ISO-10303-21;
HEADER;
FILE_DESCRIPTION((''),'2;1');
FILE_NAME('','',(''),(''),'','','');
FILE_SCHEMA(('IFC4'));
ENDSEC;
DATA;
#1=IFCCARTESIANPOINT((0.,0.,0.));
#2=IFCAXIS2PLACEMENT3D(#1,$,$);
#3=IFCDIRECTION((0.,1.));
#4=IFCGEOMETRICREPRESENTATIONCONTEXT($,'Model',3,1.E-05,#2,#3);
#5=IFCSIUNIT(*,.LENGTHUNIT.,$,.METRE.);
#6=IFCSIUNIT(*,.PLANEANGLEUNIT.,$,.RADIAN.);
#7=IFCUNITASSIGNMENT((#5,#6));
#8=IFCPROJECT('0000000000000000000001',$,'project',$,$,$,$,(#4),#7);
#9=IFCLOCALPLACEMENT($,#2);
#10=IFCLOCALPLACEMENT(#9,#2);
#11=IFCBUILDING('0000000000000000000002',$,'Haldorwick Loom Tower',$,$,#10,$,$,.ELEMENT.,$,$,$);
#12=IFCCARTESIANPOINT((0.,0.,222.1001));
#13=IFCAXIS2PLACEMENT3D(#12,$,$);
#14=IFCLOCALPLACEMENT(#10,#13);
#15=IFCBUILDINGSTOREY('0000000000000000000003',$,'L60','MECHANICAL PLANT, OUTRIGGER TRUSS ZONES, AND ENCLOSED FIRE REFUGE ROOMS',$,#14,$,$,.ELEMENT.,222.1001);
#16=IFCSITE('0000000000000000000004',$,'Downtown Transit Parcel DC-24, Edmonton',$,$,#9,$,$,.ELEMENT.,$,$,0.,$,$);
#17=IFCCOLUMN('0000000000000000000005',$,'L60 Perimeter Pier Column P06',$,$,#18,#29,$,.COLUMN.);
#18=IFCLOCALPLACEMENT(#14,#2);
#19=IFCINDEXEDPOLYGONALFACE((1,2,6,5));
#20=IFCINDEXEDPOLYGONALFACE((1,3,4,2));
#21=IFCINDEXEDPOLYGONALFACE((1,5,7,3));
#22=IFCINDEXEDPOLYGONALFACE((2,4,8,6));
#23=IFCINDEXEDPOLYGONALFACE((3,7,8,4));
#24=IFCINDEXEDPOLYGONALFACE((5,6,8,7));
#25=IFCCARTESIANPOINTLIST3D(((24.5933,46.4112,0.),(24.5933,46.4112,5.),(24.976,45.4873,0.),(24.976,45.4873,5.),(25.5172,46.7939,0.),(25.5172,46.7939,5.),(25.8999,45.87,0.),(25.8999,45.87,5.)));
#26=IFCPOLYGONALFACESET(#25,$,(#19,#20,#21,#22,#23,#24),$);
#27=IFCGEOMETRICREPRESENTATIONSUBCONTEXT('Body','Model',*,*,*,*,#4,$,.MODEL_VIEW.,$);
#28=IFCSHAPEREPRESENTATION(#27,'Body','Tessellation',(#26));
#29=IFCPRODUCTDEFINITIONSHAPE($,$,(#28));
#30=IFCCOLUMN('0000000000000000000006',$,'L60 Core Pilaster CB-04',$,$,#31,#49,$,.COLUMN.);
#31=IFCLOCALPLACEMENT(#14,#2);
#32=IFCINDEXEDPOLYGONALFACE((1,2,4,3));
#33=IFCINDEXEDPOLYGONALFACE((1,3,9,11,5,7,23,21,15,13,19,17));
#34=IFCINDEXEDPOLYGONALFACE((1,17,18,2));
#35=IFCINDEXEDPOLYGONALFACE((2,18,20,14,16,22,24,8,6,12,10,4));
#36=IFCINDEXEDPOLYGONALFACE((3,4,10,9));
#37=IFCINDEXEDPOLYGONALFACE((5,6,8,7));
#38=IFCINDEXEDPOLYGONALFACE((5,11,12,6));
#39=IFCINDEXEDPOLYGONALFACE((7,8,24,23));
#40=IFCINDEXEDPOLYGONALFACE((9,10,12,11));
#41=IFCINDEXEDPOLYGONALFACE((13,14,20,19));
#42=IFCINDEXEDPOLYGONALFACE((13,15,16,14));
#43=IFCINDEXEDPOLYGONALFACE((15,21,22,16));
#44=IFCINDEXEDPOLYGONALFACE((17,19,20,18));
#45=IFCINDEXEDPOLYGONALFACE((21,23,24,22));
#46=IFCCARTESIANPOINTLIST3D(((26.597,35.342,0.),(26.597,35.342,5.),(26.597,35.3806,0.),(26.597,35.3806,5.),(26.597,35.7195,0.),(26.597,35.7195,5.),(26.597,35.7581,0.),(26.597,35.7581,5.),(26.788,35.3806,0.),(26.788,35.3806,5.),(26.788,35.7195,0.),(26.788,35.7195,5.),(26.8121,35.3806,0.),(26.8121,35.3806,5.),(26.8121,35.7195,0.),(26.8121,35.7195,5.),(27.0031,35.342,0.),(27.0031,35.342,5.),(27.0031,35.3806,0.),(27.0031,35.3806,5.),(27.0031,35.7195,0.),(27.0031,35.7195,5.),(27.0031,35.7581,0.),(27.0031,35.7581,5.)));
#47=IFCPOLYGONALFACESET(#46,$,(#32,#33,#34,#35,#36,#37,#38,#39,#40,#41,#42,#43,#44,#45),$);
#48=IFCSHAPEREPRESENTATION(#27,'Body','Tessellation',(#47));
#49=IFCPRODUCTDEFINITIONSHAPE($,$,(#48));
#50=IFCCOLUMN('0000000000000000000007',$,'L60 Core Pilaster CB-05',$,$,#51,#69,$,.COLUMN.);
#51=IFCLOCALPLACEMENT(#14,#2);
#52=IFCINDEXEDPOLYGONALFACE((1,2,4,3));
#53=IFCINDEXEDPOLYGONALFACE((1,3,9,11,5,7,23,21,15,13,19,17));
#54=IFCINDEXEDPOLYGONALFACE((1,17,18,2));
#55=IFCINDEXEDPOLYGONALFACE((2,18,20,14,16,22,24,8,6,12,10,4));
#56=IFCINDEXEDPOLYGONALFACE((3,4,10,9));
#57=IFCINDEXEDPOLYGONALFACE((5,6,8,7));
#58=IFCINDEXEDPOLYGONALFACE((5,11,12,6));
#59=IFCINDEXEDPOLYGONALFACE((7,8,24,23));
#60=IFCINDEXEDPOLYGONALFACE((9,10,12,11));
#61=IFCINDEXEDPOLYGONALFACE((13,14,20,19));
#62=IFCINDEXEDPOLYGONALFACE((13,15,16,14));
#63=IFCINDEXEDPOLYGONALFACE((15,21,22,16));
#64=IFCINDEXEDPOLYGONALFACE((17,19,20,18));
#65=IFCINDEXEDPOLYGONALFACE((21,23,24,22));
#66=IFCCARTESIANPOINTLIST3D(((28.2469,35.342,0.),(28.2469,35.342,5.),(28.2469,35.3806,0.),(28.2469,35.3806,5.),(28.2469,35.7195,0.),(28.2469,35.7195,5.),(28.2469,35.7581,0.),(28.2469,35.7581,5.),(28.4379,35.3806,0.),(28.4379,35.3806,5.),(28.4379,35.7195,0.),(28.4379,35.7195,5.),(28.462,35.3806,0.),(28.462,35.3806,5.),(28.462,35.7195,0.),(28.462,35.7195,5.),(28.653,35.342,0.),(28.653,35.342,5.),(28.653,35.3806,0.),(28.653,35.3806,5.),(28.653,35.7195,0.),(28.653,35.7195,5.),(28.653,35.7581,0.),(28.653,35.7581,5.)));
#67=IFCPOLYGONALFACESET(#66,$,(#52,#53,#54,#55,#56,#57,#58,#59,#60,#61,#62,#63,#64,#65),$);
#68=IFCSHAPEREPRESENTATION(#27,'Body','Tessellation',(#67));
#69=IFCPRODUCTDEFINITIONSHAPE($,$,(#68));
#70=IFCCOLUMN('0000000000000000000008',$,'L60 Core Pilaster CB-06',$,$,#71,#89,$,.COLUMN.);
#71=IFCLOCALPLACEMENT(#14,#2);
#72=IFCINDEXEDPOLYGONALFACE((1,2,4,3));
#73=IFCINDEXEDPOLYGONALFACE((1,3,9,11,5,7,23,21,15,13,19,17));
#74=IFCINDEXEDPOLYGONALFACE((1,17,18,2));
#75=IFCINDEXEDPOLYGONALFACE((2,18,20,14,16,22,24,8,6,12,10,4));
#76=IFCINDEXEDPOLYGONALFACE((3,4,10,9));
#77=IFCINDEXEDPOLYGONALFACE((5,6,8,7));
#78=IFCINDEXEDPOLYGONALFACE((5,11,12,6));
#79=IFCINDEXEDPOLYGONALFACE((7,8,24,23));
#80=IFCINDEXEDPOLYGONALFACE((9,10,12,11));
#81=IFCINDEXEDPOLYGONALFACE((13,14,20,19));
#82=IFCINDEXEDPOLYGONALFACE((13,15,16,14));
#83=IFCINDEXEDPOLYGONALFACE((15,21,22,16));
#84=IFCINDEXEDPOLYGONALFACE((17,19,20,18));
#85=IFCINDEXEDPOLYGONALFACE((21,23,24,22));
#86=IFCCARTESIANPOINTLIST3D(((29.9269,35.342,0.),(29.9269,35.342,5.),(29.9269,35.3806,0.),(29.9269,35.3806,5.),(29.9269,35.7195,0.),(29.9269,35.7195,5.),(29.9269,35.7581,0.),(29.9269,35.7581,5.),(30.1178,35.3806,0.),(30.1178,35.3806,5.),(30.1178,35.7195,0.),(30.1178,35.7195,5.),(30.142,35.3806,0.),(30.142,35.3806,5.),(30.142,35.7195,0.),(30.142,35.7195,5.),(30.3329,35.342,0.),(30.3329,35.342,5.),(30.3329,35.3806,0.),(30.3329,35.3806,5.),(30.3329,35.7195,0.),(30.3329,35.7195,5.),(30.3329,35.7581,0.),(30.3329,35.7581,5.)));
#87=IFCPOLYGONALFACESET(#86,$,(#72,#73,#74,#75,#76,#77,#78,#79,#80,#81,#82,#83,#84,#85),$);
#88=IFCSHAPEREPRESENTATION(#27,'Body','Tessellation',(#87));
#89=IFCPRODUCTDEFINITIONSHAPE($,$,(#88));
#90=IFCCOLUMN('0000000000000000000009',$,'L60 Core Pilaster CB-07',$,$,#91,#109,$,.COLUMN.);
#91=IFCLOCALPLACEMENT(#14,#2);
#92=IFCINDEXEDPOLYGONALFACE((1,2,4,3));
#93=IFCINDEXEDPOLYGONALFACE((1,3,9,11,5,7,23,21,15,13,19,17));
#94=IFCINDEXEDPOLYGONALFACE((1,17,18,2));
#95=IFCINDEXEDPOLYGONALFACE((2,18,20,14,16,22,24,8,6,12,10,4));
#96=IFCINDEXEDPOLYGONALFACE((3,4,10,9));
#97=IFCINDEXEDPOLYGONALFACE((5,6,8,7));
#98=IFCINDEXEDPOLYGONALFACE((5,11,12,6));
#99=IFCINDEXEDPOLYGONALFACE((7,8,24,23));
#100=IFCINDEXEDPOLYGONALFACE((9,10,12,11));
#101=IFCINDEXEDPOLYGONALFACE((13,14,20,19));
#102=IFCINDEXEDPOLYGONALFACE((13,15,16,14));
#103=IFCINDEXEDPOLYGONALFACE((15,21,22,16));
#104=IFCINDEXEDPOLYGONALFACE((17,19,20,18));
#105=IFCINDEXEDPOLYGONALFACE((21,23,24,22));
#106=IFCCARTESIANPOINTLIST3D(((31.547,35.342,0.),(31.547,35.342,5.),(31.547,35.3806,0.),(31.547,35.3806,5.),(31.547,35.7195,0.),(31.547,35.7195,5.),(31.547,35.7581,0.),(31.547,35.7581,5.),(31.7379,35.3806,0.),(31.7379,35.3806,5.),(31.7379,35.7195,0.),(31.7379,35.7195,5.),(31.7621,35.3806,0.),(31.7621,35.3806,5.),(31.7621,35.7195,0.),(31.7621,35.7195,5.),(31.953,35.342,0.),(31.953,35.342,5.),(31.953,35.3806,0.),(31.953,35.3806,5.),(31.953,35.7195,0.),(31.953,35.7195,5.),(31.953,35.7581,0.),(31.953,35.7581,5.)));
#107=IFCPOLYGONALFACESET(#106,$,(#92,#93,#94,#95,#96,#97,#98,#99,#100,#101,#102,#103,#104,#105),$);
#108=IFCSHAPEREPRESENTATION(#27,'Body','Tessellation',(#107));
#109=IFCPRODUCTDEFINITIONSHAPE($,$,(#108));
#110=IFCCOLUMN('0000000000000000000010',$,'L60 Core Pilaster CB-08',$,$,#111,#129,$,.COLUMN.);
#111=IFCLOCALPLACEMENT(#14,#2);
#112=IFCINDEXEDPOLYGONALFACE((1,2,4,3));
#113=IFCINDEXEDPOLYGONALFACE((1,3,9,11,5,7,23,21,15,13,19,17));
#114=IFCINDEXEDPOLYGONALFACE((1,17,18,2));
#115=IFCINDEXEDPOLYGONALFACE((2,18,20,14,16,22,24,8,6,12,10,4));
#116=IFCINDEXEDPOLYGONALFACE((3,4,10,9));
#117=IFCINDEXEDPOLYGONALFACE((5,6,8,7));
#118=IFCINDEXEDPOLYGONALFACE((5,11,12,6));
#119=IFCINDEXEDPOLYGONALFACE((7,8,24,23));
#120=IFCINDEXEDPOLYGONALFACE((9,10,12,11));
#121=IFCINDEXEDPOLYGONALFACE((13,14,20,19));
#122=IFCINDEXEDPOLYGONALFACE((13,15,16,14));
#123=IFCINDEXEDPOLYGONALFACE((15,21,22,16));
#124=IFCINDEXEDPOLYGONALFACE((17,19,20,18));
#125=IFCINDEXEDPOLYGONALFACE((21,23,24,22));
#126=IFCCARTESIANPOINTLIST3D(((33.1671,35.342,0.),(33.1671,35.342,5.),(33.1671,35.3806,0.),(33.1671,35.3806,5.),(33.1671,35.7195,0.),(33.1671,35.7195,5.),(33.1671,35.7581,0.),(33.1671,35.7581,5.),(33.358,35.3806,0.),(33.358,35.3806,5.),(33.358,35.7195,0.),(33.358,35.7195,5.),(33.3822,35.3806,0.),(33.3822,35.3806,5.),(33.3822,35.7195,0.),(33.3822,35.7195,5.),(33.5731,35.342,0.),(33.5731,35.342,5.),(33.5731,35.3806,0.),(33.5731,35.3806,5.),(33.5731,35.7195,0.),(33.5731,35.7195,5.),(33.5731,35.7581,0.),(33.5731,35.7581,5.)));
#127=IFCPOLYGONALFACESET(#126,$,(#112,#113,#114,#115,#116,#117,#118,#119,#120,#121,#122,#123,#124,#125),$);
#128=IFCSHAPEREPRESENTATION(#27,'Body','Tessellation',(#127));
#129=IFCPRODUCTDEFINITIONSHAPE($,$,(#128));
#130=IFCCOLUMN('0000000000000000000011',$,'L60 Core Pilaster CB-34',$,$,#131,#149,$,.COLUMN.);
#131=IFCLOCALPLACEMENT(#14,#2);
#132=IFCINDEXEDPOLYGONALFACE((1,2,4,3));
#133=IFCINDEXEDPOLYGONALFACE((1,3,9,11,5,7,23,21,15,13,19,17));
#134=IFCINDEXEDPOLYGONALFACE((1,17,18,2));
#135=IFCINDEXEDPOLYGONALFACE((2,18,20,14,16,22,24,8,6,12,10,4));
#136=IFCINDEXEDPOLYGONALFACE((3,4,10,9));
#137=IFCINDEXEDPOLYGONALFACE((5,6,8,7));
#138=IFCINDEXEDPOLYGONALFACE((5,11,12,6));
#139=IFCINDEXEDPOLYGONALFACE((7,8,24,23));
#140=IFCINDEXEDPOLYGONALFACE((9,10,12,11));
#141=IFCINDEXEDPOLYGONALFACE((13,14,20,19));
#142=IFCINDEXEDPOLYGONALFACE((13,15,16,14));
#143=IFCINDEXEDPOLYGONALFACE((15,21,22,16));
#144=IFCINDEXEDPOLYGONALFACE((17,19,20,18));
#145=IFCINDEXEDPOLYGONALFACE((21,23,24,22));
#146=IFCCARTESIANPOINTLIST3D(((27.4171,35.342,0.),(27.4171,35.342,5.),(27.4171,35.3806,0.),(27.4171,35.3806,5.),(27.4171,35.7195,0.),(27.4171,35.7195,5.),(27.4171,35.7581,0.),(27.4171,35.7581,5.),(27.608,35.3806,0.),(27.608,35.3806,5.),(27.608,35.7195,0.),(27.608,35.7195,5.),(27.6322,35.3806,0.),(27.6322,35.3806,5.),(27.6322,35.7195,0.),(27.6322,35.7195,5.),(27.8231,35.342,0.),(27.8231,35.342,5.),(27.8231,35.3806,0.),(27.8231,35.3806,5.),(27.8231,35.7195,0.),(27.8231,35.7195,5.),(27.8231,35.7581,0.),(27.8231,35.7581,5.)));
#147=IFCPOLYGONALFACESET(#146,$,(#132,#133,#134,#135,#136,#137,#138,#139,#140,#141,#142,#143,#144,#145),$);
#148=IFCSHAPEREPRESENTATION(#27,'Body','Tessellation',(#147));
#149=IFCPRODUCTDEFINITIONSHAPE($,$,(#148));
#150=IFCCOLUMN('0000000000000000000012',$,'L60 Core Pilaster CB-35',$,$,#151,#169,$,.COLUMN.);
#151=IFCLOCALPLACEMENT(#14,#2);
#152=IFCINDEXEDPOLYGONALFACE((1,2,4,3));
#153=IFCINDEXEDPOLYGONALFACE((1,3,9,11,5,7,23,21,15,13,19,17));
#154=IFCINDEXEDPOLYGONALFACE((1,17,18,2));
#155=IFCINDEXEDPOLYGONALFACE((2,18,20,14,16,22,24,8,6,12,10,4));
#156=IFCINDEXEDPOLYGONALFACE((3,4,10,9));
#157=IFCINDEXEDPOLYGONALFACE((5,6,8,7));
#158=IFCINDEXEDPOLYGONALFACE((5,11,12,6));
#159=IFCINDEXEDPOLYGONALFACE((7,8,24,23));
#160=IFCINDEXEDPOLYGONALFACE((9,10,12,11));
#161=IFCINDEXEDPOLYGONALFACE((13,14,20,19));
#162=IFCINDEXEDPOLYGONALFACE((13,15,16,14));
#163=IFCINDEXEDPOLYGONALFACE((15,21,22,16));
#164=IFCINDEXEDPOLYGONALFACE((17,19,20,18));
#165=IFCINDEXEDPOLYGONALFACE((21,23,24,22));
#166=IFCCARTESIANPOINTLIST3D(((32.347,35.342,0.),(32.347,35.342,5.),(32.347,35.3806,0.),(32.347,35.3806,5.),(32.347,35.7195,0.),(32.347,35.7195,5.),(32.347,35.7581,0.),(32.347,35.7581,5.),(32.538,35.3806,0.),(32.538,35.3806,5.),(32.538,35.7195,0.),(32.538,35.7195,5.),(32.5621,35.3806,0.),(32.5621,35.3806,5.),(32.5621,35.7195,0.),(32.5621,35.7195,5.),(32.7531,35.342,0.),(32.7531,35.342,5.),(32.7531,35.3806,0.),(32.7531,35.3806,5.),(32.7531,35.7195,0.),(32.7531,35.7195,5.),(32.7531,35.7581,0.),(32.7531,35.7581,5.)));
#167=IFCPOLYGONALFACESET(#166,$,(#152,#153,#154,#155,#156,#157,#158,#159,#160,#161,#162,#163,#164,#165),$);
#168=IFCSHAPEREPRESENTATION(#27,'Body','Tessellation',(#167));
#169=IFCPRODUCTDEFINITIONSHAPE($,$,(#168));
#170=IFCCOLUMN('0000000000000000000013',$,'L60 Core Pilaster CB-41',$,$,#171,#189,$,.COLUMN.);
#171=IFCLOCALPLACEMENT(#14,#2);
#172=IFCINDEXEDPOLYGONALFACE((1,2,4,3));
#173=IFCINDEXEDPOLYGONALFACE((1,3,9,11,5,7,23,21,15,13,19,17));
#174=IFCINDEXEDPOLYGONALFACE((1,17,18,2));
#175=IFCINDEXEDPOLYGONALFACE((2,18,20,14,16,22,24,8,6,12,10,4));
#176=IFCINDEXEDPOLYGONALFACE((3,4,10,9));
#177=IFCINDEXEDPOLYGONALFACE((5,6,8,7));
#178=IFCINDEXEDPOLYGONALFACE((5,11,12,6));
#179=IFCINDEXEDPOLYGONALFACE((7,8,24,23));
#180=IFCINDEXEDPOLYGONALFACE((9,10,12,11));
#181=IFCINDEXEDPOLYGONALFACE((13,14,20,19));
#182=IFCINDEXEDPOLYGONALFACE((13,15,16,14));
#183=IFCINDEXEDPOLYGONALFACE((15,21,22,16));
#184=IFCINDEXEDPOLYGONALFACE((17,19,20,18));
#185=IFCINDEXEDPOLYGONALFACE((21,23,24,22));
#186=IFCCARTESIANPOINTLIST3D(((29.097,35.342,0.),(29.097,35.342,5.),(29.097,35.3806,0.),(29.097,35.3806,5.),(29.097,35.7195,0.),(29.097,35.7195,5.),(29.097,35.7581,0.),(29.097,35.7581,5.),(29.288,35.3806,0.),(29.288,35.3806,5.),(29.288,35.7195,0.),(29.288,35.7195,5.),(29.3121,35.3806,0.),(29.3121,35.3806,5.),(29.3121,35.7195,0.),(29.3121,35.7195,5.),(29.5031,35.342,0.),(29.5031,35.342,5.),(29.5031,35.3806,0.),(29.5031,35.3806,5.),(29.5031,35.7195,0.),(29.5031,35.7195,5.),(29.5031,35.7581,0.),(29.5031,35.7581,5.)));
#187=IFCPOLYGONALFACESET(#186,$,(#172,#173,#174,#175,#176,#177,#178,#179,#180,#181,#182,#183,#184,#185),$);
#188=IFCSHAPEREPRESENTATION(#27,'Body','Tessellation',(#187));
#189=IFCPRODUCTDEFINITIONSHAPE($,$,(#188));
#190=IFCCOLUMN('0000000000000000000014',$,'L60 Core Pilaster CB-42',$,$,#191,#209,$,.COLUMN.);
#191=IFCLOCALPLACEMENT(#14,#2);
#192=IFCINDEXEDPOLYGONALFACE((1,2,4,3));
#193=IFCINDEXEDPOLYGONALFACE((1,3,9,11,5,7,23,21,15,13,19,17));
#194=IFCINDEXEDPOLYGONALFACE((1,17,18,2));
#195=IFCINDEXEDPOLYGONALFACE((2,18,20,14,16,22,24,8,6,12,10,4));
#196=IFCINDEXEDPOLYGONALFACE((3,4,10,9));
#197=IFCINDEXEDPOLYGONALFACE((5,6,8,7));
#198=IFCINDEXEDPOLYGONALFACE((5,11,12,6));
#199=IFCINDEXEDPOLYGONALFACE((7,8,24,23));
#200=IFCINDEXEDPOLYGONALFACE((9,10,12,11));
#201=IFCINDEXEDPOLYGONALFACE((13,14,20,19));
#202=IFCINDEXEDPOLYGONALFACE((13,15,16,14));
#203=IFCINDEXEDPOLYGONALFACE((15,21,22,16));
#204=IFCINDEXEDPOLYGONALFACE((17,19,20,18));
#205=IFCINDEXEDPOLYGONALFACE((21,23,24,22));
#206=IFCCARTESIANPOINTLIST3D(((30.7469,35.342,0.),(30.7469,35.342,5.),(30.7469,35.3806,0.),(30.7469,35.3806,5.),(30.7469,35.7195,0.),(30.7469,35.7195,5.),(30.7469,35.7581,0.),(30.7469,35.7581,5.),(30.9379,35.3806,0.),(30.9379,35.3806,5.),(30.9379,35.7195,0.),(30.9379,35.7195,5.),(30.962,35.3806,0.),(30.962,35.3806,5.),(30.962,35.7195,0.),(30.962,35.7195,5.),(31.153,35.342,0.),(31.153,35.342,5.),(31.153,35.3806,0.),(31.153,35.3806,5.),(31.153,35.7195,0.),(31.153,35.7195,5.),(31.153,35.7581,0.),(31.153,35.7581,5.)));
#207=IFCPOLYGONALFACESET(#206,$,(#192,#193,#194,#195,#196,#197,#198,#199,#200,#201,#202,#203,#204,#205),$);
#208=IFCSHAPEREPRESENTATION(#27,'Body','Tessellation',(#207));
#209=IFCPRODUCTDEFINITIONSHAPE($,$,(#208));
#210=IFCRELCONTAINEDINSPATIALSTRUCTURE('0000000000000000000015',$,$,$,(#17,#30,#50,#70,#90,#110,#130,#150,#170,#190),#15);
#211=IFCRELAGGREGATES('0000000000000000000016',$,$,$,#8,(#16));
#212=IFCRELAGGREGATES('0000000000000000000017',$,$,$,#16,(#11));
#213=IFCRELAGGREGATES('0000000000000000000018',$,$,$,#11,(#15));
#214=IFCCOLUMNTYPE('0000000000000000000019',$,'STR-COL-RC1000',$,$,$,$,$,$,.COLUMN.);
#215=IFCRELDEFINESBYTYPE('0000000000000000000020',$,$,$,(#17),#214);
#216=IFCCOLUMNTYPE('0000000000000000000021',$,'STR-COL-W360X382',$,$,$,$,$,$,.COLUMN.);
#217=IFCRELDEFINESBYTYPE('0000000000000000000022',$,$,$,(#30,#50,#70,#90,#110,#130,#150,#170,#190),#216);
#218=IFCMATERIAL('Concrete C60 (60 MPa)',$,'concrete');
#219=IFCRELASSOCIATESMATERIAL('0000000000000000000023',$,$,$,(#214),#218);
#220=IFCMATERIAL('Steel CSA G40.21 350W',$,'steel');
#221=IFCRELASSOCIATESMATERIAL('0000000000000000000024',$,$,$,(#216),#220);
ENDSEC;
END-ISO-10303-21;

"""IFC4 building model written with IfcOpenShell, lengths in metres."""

from ifc_helpers import new_model, si_unit, direction, frame, origin, origin_2d, place, context, subcontext, project, spatial, rectangle, i_section, extrude, material, material_profile, profile_set, type_object, element, save


model = new_model("IFC4")

# Units and contexts
model_context = context("Model", 3, precision=1e-05, world=origin(), true_north=direction((0.0, 1.0)))
body_context = subcontext(model_context, "Body", "Model", "MODEL_VIEW")
ifc_project = project(units=[si_unit("LENGTHUNIT", "METRE"), si_unit("PLANEANGLEUNIT", "RADIAN")], contexts=[model_context])

# Site, building, storey
site_placement = place(None, origin())
site = spatial("IfcSite", under=ifc_project, at=site_placement, Name="Downtown Transit Parcel DC-24, Edmonton", CompositionType="ELEMENT", RefElevation=0.0)
building_placement = place(site_placement, origin())
building = spatial("IfcBuilding", under=site, at=building_placement, Name="Haldorwick Loom Tower", CompositionType="ELEMENT")
storey_placement = place(building_placement, frame((0.0, 0.0, 222.1001)))
storey = spatial("IfcBuildingStorey", under=building, at=storey_placement, Name="L60", Description="MECHANICAL PLANT, OUTRIGGER TRUSS ZONES, AND ENCLOSED FIRE REFUGE ROOMS", CompositionType="ELEMENT", Elevation=222.1001)

# Columns
ifc_material_1 = material(Name="Concrete C60 (60 MPa)", Category="concrete")
ifc_material_profile_1 = material_profile(ifc_material_1, rectangle(XDim=1.0, YDim=1.0, at=origin_2d()), Name="RC1000X1000", Category="concrete")
ifc_profile_set_1 = profile_set([ifc_material_profile_1], Name="Concrete C60 (60 MPa)")
column_type_1 = type_object("IfcColumnType", Name="STR-COL-RC1000", PredefinedType="COLUMN", material=ifc_profile_set_1)
column_placement = place(storey_placement, frame((25.2466, 46.1406, 0.0), z_axis=(0.0, 0.0, 1.0), x_axis=(-0.382683, 0.92388, 0.0)))
element("IfcColumn", 1, at=column_placement, inside=storey, type_object=column_type_1, Name="L60 Perimeter Pier Column P06", PredefinedType="COLUMN", context=body_context, shape_type="SweptSolid", body=[
    extrude(rectangle(XDim=1.0, YDim=1.0, at=origin_2d()), origin(), (0.0, 0.0, 1.0), 5.0),
])
ifc_material_2 = material(Name="Steel CSA G40.21 350W", Category="steel")
ifc_material_profile_2 = material_profile(ifc_material_2, i_section(OverallWidth=0.406, OverallDepth=0.416, WebThickness=0.0242, FlangeThickness=0.0386, at=origin_2d()), Name="W360X382", Category="steel")
ifc_profile_set_2 = profile_set([ifc_material_profile_2], Name="Steel CSA G40.21 350W")
column_type_2 = type_object("IfcColumnType", Name="STR-COL-W360X382", PredefinedType="COLUMN", material=ifc_profile_set_2)
for number, where, z_axis, x_axis, name in (
    (2, (26.8, 35.55, 0.0), (0.0, 0.0, 1.0), (1.0, 0.0, 0.0), "L60 Core Pilaster CB-04"),
    (3, (28.45, 35.55, 0.0), (0.0, 0.0, 1.0), (1.0, 0.0, 0.0), "L60 Core Pilaster CB-05"),
    (4, (30.1299, 35.55, 0.0), (0.0, 0.0, 1.0), (1.0, 0.0, 0.0), "L60 Core Pilaster CB-06"),
    (5, (31.75, 35.55, 0.0), (0.0, 0.0, 1.0), (1.0, 0.0, 0.0), "L60 Core Pilaster CB-07"),
    (6, (33.3701, 35.55, 0.0), (0.0, 0.0, 1.0), (1.0, 0.0, 0.0), "L60 Core Pilaster CB-08"),
    (7, (27.6201, 35.55, 0.0), (0.0, 0.0, 1.0), (1.0, 0.0, 0.0), "L60 Core Pilaster CB-34"),
    (8, (32.55, 35.55, 0.0), (0.0, 0.0, 1.0), (1.0, 0.0, 0.0), "L60 Core Pilaster CB-35"),
    (9, (29.3, 35.55, 0.0), (0.0, 0.0, 1.0), (1.0, 0.0, 0.0), "L60 Core Pilaster CB-41"),
    (10, (30.95, 35.55, 0.0), (0.0, 0.0, 1.0), (1.0, 0.0, 0.0), "L60 Core Pilaster CB-42"),
):
    element("IfcColumn", number, at=place(storey_placement, frame(where, z_axis=z_axis, x_axis=x_axis)), inside=storey, type_object=column_type_2, Name=name, PredefinedType="COLUMN", context=body_context, shape_type="SweptSolid", body=[
        extrude(i_section(OverallWidth=0.406, OverallDepth=0.416, WebThickness=0.0242, FlangeThickness=0.0386, at=origin_2d()), origin(), (0.0, 0.0, 1.0), 5.0),
    ])

save(model, "model.ifc")
